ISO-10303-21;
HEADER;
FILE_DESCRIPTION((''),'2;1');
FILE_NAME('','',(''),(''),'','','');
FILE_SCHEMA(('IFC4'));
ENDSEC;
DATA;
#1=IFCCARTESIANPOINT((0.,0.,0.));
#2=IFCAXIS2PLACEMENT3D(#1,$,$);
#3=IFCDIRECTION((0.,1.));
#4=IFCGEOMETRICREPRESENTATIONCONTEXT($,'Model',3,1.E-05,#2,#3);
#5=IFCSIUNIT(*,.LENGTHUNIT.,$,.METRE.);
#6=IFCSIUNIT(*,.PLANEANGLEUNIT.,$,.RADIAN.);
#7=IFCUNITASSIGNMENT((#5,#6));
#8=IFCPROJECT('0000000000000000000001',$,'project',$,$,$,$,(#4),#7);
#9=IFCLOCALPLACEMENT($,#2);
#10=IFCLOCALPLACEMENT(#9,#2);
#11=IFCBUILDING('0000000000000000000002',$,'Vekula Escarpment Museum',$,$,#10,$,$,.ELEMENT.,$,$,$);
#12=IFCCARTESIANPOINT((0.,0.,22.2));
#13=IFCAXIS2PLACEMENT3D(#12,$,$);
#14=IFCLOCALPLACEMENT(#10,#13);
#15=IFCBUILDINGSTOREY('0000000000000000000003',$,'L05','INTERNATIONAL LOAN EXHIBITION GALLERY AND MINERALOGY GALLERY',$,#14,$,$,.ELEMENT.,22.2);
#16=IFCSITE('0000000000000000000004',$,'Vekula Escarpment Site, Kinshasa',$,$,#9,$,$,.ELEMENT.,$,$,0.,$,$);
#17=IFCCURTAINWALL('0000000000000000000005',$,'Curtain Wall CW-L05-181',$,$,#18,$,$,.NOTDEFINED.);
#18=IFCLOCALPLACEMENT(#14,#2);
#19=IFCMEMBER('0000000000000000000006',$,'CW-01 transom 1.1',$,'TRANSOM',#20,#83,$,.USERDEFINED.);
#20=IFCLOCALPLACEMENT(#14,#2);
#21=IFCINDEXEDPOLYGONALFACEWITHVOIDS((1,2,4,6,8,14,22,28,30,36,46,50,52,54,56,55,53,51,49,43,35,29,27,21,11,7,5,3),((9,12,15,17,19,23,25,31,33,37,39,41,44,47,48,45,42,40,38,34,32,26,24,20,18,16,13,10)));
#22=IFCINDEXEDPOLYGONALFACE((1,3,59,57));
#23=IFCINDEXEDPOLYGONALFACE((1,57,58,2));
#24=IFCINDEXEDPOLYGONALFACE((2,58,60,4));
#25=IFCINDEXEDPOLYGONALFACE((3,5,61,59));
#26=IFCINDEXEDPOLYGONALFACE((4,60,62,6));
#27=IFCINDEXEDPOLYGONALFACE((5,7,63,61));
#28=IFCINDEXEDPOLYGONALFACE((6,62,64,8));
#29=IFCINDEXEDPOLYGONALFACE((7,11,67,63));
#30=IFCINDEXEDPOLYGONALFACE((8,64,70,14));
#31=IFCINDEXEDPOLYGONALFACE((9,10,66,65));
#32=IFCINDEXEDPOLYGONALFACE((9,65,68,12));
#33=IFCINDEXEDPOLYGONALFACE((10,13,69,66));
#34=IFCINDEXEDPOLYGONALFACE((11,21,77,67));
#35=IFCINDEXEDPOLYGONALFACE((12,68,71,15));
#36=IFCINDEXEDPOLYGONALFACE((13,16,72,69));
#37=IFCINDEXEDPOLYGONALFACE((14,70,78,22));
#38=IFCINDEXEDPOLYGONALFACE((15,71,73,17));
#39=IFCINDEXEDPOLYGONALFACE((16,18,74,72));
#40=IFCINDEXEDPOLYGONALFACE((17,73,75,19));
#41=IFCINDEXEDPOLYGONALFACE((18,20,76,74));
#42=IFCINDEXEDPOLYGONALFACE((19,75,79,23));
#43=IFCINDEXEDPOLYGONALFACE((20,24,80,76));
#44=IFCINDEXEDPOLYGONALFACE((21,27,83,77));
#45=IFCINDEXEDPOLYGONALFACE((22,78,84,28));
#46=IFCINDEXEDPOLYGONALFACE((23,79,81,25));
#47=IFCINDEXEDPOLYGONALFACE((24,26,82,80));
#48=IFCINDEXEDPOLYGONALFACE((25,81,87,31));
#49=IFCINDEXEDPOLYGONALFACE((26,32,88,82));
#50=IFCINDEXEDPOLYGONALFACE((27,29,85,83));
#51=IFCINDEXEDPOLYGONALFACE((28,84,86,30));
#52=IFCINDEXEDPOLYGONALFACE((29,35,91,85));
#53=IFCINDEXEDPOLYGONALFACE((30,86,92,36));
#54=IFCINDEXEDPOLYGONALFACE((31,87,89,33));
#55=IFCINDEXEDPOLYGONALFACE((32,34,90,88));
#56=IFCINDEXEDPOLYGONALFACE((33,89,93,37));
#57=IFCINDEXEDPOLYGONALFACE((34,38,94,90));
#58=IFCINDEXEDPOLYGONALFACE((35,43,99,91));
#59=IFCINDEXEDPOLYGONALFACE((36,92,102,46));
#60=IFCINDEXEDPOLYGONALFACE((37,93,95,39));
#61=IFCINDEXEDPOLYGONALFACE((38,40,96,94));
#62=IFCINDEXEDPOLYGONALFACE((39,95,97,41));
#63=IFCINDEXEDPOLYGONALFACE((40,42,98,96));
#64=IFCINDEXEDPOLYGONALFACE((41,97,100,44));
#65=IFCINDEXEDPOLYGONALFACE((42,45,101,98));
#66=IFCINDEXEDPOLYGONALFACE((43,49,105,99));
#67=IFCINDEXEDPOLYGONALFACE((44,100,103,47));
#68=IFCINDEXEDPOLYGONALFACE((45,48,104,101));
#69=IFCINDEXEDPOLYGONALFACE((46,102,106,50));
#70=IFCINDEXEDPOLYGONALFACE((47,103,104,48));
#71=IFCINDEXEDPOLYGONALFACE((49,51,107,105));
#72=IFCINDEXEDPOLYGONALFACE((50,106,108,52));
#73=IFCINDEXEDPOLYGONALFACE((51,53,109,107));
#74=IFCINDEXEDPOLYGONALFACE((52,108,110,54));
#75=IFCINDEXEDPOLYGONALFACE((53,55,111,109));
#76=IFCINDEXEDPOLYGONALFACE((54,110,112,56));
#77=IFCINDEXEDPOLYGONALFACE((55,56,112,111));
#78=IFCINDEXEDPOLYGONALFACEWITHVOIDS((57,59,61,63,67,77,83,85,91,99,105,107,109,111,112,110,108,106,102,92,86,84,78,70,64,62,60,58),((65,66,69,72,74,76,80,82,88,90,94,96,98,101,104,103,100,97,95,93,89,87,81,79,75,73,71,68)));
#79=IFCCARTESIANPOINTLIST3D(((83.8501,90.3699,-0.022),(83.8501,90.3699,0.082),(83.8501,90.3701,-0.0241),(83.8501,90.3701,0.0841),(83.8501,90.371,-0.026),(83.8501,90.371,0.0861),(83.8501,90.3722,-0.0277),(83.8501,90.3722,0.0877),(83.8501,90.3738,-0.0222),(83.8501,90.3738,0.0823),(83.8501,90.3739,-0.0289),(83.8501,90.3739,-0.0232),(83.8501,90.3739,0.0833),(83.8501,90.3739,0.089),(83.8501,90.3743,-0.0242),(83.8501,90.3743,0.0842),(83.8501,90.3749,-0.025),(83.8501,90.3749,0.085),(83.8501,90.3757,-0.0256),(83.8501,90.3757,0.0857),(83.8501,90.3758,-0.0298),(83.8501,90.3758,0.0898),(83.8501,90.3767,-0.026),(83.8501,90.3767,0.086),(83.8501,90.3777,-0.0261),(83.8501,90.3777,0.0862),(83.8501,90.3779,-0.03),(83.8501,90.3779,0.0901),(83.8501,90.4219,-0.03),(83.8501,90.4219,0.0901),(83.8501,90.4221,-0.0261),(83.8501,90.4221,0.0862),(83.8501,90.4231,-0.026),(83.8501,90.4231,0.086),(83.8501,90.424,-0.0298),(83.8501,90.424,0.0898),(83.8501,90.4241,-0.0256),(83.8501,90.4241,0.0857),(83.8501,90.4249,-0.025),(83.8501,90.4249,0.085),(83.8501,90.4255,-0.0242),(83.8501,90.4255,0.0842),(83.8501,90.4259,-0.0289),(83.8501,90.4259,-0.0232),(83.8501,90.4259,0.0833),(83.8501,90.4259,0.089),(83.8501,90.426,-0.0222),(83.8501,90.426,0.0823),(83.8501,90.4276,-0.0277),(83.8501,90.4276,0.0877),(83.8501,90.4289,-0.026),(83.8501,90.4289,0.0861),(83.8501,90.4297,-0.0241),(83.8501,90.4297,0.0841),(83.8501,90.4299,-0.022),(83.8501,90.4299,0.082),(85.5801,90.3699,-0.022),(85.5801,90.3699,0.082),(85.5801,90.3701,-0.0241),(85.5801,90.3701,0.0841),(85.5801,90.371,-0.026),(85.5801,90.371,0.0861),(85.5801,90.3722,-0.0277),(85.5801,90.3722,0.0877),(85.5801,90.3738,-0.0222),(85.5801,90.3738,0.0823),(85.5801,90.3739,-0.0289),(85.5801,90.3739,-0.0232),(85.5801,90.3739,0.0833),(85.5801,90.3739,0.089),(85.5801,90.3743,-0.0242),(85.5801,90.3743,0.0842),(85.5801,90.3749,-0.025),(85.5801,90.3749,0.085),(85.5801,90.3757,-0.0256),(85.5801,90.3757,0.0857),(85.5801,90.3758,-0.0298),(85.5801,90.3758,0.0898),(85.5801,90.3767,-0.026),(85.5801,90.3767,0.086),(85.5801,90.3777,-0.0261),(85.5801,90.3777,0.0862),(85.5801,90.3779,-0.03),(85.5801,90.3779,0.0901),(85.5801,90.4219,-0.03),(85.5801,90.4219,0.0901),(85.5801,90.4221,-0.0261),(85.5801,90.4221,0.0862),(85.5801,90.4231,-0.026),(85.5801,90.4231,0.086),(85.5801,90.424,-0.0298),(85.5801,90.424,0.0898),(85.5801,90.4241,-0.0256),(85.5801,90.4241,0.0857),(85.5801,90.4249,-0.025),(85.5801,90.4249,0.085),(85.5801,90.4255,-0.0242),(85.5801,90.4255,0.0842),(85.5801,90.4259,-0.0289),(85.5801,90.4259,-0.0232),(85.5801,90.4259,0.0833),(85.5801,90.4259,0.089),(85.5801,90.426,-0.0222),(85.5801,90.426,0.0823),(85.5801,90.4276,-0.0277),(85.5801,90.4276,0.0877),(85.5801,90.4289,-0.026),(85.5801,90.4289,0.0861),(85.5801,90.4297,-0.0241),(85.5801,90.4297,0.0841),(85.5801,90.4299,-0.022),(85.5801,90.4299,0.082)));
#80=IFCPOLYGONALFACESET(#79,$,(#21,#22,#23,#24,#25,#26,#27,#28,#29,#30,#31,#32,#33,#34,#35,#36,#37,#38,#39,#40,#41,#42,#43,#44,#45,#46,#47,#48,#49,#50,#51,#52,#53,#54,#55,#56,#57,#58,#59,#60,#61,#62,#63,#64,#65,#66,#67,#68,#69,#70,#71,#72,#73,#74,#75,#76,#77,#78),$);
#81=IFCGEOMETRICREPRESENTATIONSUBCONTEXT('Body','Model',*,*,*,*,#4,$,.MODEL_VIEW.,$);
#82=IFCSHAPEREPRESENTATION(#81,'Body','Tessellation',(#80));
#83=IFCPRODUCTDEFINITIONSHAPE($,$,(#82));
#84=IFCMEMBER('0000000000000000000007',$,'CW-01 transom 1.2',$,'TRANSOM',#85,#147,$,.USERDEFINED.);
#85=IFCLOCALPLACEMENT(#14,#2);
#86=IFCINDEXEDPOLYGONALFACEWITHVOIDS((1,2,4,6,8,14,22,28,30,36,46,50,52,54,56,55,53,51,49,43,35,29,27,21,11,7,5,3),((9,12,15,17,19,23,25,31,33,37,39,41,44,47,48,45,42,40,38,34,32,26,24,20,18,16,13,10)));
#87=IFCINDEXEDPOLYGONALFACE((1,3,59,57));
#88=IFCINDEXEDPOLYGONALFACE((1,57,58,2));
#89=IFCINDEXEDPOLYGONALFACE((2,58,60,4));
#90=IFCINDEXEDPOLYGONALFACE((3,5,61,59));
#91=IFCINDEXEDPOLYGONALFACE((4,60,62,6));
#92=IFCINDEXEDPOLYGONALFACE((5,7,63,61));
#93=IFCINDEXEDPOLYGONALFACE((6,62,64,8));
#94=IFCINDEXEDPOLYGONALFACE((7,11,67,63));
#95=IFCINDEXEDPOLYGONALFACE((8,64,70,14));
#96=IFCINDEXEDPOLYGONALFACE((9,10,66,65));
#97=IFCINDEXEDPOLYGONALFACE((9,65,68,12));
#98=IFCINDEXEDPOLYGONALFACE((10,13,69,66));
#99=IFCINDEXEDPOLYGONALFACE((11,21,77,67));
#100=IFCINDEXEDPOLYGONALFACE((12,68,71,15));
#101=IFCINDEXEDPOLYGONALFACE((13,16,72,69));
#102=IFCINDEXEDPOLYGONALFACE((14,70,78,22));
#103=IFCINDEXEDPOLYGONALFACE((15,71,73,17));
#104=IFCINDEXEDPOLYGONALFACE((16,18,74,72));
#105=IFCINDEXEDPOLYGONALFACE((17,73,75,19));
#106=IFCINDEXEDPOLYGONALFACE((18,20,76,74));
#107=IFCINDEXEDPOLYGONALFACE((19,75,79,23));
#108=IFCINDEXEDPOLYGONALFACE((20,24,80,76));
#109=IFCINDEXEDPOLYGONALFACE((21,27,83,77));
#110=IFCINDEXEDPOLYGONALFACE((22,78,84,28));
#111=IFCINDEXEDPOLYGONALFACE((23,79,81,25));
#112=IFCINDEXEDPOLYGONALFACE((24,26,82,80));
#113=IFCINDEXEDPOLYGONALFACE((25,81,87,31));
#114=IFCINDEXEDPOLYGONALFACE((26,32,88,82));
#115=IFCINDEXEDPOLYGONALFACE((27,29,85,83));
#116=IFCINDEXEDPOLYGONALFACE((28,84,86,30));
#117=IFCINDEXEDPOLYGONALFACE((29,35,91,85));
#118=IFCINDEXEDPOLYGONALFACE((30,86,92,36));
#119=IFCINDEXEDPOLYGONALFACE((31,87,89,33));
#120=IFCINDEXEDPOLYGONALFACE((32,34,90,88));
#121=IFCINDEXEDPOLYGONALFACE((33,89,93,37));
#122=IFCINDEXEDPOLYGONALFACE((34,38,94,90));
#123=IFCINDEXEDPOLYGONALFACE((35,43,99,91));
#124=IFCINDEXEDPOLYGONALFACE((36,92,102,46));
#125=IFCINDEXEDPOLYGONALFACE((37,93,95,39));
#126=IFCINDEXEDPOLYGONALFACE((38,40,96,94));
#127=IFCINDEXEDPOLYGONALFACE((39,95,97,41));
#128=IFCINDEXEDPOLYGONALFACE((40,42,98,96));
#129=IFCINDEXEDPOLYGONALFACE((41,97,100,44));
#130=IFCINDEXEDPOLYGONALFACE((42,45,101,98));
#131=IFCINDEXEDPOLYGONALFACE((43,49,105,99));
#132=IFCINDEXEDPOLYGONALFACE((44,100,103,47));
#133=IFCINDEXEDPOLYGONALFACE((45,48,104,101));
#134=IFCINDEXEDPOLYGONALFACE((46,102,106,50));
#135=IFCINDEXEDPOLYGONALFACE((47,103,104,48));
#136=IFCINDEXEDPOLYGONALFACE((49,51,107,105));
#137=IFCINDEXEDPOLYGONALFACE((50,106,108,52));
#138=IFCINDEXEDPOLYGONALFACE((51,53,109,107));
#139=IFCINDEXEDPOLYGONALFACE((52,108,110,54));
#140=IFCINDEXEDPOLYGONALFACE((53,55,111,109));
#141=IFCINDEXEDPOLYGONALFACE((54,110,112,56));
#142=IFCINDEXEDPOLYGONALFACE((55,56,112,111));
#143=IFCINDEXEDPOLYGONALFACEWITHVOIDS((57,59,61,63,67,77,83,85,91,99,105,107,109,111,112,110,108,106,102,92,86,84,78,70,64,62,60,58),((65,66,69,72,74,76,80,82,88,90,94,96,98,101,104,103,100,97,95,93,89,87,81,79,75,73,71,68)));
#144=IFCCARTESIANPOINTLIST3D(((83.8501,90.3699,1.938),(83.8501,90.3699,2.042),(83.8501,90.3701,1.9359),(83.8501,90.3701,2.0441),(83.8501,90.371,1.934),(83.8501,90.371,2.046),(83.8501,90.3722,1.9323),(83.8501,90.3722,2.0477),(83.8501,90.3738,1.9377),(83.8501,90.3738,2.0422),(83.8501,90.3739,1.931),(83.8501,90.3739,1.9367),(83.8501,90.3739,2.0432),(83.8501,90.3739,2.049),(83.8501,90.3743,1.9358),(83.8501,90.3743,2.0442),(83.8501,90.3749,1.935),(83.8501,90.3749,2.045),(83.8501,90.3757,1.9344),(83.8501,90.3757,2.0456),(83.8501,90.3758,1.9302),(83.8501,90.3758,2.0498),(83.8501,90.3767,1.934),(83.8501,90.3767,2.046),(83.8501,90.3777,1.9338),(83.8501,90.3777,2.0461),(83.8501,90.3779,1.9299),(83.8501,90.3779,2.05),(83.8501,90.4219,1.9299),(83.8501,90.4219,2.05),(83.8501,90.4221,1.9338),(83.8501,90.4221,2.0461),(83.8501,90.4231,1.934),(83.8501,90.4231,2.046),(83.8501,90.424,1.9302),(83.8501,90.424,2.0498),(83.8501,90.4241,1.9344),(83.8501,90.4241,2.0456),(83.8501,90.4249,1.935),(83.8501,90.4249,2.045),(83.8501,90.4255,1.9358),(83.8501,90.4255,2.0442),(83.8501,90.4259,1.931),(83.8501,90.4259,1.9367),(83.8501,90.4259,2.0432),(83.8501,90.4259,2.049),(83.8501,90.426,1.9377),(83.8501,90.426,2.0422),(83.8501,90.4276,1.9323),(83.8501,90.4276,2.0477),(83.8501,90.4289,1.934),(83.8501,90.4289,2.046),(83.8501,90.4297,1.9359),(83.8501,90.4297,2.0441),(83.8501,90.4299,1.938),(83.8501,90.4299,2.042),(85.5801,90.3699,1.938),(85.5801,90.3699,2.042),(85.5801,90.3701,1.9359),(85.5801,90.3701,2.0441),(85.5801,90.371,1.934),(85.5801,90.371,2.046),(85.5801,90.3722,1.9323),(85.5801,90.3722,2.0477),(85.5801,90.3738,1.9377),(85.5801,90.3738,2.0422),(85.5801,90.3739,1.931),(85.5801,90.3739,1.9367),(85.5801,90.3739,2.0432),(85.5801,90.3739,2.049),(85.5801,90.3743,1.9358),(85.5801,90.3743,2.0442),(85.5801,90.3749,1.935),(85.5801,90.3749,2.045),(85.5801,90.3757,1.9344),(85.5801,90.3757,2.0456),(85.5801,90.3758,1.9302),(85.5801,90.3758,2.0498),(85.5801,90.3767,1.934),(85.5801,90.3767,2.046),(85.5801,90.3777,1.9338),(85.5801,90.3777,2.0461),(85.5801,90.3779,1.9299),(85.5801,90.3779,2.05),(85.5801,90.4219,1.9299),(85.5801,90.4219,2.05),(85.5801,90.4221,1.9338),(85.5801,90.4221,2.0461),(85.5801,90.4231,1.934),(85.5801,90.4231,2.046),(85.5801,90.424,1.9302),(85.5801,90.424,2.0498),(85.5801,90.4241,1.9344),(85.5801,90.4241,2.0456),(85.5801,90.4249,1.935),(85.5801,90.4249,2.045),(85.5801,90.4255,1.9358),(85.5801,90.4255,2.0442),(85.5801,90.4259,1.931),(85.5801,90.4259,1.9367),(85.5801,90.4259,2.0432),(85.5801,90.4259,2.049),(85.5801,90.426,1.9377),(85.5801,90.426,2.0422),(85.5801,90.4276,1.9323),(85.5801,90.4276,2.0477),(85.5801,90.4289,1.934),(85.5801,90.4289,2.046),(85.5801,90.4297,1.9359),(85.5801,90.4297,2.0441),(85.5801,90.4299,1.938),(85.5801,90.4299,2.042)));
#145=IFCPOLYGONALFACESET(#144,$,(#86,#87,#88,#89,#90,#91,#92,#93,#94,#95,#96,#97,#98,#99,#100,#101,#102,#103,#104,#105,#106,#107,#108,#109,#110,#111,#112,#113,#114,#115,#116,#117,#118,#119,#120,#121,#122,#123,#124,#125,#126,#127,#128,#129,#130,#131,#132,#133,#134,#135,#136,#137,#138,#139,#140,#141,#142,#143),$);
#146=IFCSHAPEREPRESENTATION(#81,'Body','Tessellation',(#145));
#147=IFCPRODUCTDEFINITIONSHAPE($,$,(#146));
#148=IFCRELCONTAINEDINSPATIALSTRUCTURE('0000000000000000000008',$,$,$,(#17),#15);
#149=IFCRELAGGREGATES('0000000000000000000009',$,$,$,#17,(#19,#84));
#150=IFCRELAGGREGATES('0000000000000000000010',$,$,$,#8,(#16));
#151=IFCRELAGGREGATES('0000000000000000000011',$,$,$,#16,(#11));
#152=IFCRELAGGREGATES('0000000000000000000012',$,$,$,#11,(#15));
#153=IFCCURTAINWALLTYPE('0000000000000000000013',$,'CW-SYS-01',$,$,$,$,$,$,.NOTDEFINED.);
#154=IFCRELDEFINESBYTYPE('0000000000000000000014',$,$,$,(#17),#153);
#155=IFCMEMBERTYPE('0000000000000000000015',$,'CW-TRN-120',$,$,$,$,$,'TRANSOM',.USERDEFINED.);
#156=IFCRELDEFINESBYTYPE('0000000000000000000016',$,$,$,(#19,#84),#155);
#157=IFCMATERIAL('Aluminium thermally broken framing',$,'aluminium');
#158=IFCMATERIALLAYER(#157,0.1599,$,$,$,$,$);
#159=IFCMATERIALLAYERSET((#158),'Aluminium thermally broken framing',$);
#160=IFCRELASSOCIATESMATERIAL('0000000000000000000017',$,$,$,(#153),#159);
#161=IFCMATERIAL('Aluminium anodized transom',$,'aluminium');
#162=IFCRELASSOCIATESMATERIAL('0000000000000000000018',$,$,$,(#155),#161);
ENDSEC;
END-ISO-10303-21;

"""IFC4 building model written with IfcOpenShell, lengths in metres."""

from ifc_helpers import new_model, si_unit, direction, frame, origin, origin_2d, place, context, subcontext, project, spatial, hollow_rectangle, extrude, material, layer, layer_set, material_profile, profile_set, type_object, element, aggregate, save


model = new_model("IFC4")

# Units and contexts
model_context = context("Model", 3, precision=1e-05, world=origin(), true_north=direction((0.0, 1.0)))
body_context = subcontext(model_context, "Body", "Model", "MODEL_VIEW")
ifc_project = project(units=[si_unit("LENGTHUNIT", "METRE"), si_unit("PLANEANGLEUNIT", "RADIAN")], contexts=[model_context])

# Site, building, storey
site_placement = place(None, origin())
site = spatial("IfcSite", under=ifc_project, at=site_placement, Name="Vekula Escarpment Site, Kinshasa", CompositionType="ELEMENT", RefElevation=0.0)
building_placement = place(site_placement, origin())
building = spatial("IfcBuilding", under=site, at=building_placement, Name="Vekula Escarpment Museum", CompositionType="ELEMENT")
storey_placement = place(building_placement, frame((0.0, 0.0, 22.2)))
storey = spatial("IfcBuildingStorey", under=building, at=storey_placement, Name="L05", Description="INTERNATIONAL LOAN EXHIBITION GALLERY AND MINERALOGY GALLERY", CompositionType="ELEMENT", Elevation=22.2)

# Curtain wall, members
ifc_material_1 = material(Name="Aluminium thermally broken framing", Category="aluminium")
ifc_layer_1 = layer(ifc_material_1, 0.1599)
ifc_layer_set_1 = layer_set([ifc_layer_1], Name="Aluminium thermally broken framing")
curtain_wall_type = type_object("IfcCurtainWallType", Name="CW-SYS-01", PredefinedType="NOTDEFINED", material=ifc_layer_set_1)
curtain_wall_placement = place(storey_placement, origin())
curtain_wall = element("IfcCurtainWall", 1, at=curtain_wall_placement, inside=storey, type_object=curtain_wall_type, Name="Curtain Wall CW-L05-181", PredefinedType="NOTDEFINED")
ifc_material_2 = material(Name="Aluminium anodized transom", Category="aluminium")
ifc_material_profile_1 = material_profile(ifc_material_2, hollow_rectangle(XDim=0.0601, YDim=0.1201, WallThickness=0.0039, InnerFilletRadius=0.0039, OuterFilletRadius=0.0081, at=origin_2d()), Name="ALU 120x60x4")
ifc_profile_set_1 = profile_set([ifc_material_profile_1], Name="Aluminium anodized transom")
member_type_1 = type_object("IfcMemberType", Name="CW-TRN-120", ElementType="TRANSOM", PredefinedType="USERDEFINED", material=ifc_profile_set_1)
member_1_placement = place(storey_placement, frame((85.5801, 90.3999, 0.03), z_axis=(-1.0, 0.0, 0.0), x_axis=(0.0, -1.0, 0.0)))
member_1 = element("IfcMember", 2, at=member_1_placement, type_object=member_type_1, Name="CW-01 transom 1.1", ObjectType="TRANSOM", PredefinedType="USERDEFINED", context=body_context, shape_type="SweptSolid", body=[
    extrude(hollow_rectangle(XDim=0.0601, YDim=0.1201, WallThickness=0.0039, InnerFilletRadius=0.0039, OuterFilletRadius=0.0081, at=origin_2d()), origin(), (0.0, 0.0, 1.0), 1.73),
])
member_2_placement = place(storey_placement, frame((85.5801, 90.3999, 1.99), z_axis=(-1.0, 0.0, 0.0), x_axis=(0.0, -1.0, 0.0)))
member_2 = element("IfcMember", 3, at=member_2_placement, type_object=member_type_1, Name="CW-01 transom 1.2", ObjectType="TRANSOM", PredefinedType="USERDEFINED", context=body_context, shape_type="SweptSolid", body=[
    extrude(hollow_rectangle(XDim=0.0601, YDim=0.1201, WallThickness=0.0039, InnerFilletRadius=0.0039, OuterFilletRadius=0.0081, at=origin_2d()), origin(), (0.0, 0.0, 1.0), 1.73),
])

aggregate(curtain_wall, [member_1, member_2])

save(model, "model.ifc")
